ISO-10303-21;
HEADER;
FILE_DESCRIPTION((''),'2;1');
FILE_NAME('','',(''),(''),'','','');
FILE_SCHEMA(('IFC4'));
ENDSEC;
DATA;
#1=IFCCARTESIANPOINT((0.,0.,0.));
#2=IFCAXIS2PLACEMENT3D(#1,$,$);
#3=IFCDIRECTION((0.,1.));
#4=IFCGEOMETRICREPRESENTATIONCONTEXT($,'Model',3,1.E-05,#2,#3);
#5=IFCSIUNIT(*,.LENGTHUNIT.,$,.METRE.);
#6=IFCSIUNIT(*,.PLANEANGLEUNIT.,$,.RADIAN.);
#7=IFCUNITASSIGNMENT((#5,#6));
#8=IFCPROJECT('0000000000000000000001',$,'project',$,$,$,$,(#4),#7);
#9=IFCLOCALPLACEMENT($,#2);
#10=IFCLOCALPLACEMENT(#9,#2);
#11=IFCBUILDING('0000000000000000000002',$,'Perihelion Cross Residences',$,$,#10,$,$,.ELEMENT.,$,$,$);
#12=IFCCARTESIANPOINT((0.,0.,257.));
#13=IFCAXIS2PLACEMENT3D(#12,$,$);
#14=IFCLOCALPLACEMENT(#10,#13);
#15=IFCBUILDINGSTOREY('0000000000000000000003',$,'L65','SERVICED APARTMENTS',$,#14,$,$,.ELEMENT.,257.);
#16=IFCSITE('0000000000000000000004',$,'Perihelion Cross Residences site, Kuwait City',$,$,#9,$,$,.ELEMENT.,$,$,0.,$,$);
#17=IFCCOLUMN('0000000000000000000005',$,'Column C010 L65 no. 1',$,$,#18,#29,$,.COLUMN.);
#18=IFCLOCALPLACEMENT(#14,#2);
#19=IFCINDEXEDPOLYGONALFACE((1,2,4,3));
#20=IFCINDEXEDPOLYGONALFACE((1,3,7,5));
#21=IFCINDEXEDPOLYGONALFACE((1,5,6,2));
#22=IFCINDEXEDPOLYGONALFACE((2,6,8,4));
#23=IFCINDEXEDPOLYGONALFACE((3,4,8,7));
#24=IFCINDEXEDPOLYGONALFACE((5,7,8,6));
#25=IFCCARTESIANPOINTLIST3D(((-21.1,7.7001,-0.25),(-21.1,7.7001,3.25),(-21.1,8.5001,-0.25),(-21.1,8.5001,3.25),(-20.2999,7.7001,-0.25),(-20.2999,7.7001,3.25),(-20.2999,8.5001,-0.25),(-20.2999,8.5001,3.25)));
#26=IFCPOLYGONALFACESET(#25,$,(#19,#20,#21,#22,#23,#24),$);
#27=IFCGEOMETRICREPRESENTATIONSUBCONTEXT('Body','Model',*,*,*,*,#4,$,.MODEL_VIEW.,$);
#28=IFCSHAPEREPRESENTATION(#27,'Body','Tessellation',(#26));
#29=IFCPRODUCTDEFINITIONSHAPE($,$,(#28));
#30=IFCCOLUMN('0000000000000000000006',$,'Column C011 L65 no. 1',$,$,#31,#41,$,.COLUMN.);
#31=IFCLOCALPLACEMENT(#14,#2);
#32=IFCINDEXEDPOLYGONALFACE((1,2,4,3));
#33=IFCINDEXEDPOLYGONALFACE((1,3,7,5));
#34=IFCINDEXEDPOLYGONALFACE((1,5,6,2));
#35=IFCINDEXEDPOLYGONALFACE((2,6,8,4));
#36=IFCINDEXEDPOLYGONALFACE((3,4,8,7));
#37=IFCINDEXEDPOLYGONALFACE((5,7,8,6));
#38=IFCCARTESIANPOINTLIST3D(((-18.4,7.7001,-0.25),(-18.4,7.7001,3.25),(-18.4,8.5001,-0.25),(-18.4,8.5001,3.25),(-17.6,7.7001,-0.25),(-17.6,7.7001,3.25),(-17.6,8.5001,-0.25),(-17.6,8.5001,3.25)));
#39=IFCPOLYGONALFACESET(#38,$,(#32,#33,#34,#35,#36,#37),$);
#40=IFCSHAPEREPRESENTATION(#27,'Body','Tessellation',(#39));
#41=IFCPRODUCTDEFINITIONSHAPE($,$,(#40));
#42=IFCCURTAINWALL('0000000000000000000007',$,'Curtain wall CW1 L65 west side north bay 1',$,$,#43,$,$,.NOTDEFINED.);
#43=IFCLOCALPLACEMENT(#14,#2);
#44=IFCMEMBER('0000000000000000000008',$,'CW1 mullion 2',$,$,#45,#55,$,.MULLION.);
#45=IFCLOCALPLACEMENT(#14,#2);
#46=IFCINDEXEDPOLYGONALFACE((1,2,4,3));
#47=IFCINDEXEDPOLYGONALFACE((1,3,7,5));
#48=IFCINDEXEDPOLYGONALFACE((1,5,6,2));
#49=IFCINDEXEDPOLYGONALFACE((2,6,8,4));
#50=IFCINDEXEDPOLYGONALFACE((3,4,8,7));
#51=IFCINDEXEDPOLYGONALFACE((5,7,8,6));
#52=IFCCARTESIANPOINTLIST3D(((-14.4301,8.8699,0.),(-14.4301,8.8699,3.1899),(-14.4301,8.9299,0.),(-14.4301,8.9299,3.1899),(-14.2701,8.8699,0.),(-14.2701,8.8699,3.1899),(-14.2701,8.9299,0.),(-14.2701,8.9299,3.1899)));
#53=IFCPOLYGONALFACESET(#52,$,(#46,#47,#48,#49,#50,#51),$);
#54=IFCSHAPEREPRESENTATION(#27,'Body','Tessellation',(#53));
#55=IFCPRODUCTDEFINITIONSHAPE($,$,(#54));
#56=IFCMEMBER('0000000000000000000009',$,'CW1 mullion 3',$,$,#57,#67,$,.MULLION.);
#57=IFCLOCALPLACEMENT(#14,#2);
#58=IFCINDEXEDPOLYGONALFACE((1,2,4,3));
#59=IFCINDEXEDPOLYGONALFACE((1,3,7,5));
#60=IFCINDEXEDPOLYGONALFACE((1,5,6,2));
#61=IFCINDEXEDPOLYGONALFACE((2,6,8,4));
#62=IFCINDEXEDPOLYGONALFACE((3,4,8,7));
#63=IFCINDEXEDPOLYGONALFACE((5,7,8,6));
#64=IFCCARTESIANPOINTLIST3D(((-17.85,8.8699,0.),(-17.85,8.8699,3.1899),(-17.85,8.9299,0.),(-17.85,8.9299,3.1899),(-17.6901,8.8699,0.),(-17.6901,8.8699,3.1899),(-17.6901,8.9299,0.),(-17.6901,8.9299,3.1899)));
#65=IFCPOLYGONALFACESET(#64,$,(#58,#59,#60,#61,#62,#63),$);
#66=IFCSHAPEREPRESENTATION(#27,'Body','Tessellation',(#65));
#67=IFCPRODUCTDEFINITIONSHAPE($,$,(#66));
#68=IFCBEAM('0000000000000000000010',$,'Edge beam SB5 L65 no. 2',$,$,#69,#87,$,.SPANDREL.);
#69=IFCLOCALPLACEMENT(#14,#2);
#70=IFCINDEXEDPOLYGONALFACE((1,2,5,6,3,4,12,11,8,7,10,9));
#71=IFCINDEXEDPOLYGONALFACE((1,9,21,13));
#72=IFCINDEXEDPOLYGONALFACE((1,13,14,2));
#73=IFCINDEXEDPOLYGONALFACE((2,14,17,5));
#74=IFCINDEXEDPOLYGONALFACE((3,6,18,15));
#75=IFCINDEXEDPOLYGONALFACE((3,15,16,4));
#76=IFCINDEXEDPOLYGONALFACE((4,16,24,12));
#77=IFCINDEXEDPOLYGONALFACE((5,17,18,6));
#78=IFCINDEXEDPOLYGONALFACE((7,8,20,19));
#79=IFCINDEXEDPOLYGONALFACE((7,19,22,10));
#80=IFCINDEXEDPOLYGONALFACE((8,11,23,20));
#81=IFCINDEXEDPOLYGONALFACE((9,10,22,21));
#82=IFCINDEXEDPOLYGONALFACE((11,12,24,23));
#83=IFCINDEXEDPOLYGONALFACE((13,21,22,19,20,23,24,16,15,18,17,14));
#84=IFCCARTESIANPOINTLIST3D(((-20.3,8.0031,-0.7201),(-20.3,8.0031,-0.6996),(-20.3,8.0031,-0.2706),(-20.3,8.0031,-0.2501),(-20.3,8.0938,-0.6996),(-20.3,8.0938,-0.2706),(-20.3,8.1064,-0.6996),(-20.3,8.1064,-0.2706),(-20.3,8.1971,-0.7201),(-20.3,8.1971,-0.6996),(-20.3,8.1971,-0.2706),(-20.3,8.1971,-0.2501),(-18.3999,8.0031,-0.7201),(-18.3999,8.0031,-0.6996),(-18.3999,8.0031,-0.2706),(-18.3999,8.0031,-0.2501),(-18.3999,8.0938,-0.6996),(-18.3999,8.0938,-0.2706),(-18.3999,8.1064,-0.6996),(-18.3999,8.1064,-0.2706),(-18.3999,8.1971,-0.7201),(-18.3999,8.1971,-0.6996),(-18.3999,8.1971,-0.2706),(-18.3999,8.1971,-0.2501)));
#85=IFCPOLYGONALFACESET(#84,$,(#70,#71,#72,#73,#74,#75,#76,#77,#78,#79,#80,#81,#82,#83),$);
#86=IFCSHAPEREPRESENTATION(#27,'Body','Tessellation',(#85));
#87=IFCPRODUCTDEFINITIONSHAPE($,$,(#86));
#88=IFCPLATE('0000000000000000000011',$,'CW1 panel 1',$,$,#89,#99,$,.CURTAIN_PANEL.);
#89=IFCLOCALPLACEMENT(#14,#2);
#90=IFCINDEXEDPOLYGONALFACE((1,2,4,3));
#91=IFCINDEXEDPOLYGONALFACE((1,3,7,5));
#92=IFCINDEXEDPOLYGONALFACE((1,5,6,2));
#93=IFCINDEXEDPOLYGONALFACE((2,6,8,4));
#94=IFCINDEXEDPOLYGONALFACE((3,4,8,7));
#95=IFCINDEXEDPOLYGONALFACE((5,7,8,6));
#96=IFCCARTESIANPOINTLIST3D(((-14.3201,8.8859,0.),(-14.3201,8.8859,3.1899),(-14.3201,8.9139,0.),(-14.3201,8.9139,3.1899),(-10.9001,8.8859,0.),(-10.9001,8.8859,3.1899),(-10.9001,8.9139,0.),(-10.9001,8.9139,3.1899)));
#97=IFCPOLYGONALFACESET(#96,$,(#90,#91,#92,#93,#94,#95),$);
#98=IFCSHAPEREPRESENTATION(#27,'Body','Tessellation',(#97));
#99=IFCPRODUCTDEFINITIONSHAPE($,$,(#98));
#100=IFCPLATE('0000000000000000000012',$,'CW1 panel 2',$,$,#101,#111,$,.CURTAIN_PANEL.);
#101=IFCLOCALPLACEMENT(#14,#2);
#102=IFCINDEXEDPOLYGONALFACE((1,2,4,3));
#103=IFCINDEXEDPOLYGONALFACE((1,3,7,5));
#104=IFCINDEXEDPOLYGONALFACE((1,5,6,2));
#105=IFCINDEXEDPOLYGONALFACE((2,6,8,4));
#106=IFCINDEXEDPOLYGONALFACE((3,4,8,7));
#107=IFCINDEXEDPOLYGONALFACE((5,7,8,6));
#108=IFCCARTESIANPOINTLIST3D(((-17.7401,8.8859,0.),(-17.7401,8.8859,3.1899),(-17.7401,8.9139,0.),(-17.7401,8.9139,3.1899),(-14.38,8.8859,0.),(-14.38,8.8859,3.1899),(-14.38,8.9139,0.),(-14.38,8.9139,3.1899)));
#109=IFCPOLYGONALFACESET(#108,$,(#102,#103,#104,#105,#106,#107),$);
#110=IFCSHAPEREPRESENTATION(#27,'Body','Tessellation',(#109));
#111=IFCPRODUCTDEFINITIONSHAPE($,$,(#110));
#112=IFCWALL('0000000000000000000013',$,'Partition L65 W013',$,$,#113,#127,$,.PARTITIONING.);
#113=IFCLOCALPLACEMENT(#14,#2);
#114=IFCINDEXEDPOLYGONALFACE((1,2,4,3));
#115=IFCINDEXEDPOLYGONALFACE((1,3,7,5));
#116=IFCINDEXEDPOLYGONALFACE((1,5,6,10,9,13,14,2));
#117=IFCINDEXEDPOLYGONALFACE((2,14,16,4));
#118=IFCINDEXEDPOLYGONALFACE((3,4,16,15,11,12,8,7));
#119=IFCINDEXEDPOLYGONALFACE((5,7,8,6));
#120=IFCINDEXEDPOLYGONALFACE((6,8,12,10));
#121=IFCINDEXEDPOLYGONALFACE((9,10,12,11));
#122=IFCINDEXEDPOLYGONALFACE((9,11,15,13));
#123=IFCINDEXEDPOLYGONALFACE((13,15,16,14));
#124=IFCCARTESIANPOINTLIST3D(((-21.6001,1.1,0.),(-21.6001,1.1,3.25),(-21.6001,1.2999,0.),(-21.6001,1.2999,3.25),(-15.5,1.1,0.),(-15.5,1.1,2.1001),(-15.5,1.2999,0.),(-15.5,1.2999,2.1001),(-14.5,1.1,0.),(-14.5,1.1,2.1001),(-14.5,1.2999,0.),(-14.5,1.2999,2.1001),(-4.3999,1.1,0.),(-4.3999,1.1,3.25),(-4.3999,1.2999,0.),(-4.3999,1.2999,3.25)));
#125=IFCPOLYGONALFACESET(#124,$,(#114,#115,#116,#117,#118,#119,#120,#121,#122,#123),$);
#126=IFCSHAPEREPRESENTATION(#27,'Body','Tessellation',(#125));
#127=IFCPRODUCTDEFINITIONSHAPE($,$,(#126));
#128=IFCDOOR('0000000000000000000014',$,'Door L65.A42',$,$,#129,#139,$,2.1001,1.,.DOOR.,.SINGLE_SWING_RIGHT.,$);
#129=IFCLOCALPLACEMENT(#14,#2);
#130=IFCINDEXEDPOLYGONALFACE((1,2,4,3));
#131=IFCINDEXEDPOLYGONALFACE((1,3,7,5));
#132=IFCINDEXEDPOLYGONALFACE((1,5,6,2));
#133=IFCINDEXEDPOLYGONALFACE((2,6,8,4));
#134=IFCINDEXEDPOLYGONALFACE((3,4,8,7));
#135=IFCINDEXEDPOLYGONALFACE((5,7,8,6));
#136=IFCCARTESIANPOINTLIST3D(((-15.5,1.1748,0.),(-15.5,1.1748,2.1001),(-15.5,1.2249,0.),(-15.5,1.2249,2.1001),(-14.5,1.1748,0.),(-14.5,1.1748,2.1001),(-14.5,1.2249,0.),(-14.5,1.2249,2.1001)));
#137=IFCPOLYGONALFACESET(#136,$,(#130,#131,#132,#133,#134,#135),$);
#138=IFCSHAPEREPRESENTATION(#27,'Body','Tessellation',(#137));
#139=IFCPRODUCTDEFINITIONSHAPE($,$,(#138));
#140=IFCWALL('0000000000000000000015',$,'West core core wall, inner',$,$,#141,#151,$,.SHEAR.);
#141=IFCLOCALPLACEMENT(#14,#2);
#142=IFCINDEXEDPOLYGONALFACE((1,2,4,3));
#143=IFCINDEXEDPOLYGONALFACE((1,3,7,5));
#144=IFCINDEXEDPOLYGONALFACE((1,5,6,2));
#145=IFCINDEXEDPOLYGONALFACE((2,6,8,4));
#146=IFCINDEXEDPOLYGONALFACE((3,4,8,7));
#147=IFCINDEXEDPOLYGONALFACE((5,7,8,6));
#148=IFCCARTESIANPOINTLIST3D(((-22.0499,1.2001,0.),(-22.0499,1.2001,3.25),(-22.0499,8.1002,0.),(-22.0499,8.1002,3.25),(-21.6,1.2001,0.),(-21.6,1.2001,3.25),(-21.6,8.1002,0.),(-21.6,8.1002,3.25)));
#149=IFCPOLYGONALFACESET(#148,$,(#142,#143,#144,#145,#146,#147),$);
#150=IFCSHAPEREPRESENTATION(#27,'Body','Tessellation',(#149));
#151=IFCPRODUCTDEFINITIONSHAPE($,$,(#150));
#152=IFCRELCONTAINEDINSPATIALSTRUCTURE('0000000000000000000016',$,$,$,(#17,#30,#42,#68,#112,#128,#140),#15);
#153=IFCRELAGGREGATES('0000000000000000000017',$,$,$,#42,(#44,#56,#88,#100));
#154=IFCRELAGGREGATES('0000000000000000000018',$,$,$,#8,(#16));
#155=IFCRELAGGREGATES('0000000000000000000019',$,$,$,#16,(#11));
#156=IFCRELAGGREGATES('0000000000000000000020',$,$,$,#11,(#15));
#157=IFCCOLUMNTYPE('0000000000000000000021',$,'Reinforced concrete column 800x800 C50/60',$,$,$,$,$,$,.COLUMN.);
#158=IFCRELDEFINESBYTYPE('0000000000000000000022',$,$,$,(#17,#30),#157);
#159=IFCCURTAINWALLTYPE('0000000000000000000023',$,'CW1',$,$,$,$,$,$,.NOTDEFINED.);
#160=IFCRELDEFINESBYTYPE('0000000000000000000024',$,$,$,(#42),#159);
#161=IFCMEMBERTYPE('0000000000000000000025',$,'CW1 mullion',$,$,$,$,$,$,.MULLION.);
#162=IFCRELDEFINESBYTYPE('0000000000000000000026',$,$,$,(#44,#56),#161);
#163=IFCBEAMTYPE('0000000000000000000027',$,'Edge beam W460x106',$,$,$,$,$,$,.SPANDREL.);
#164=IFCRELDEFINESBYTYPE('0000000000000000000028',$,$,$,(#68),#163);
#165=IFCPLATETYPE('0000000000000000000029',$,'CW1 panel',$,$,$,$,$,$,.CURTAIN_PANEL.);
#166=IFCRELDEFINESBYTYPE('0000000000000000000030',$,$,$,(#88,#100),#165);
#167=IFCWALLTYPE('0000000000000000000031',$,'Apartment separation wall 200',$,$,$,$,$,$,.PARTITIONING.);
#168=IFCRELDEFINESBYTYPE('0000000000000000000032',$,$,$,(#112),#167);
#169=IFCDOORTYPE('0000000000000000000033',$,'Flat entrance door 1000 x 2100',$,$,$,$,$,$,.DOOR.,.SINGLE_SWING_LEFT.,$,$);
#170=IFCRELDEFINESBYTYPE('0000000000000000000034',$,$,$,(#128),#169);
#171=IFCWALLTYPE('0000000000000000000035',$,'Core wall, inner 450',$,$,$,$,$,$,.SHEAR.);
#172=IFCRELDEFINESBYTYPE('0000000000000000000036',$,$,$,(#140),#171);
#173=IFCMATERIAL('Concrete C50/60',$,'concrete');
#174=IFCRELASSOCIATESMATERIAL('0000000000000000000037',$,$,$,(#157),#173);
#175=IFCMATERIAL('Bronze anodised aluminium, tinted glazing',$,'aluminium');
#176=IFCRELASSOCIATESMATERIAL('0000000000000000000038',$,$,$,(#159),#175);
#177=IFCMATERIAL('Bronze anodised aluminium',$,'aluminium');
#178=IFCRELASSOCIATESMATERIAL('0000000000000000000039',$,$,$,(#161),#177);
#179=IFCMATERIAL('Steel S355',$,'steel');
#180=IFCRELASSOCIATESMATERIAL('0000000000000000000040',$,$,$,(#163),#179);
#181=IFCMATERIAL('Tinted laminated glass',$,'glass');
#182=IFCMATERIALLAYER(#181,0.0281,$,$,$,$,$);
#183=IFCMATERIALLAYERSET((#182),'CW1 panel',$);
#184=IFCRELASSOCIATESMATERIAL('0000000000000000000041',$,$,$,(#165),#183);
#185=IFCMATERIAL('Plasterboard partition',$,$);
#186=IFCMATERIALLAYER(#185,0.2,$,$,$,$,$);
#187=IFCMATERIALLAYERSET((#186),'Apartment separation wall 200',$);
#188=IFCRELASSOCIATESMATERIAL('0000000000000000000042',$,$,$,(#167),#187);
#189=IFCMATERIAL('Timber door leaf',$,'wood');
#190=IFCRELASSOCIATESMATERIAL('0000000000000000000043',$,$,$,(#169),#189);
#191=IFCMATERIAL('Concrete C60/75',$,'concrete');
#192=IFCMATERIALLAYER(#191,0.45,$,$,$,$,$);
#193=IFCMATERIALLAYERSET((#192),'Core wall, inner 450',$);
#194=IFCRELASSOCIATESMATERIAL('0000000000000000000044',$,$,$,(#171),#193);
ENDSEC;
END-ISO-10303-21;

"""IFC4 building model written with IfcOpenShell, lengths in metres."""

from ifc_helpers import new_model, si_unit, direction, frame, frame_2d, origin, origin_2d, place, context, subcontext, project, spatial, rectangle, i_section, extrude, material, layer, layer_set, material_profile, profile_set, type_object, element, fill, aggregate, save


model = new_model("IFC4")

# Units and contexts
model_context = context("Model", 3, precision=1e-05, world=origin(), true_north=direction((0.0, 1.0)))
body_context = subcontext(model_context, "Body", "Model", "MODEL_VIEW")
ifc_project = project(units=[si_unit("LENGTHUNIT", "METRE"), si_unit("PLANEANGLEUNIT", "RADIAN")], contexts=[model_context])

# Site, building, storey
site_placement = place(None, origin())
site = spatial("IfcSite", under=ifc_project, at=site_placement, Name="Perihelion Cross Residences site, Kuwait City", CompositionType="ELEMENT", RefElevation=0.0)
building_placement = place(site_placement, origin())
building = spatial("IfcBuilding", under=site, at=building_placement, Name="Perihelion Cross Residences", CompositionType="ELEMENT")
storey_placement = place(building_placement, frame((0.0, 0.0, 257.0)))
storey = spatial("IfcBuildingStorey", under=building, at=storey_placement, Name="L65", Description="SERVICED APARTMENTS", CompositionType="ELEMENT", Elevation=257.0)

# Columns
ifc_material_1 = material(Name="Concrete C50/60", Category="concrete")
ifc_material_profile_1 = material_profile(ifc_material_1, rectangle(XDim=0.8, YDim=0.8, at=origin_2d()), Name="RC 800x800")
ifc_profile_set_1 = profile_set([ifc_material_profile_1], Name="Concrete C50/60")
column_type = type_object("IfcColumnType", Name="Reinforced concrete column 800x800 C50/60", PredefinedType="COLUMN", material=ifc_profile_set_1)
for number, where, z_axis, x_axis, name in (
    (1, (-20.7, 8.1001, -0.25), (0.0, 0.0, 1.0), (1.0, 0.0, 0.0), "Column C010 L65 no. 1"),
    (2, (-18.0, 8.1001, -0.25), (0.0, 0.0, 1.0), (1.0, 0.0, 0.0), "Column C011 L65 no. 1"),
):
    element("IfcColumn", number, at=place(storey_placement, frame(where, z_axis=z_axis, x_axis=x_axis)), inside=storey, type_object=column_type, Name=name, PredefinedType="COLUMN", context=body_context, shape_type="SweptSolid", body=[
        extrude(rectangle(XDim=0.8, YDim=0.8, at=origin_2d()), origin(), (0.0, 0.0, 1.0), 3.5),
    ])

# Curtain wall, members
ifc_material_2 = material(Name="Bronze anodised aluminium, tinted glazing", Category="aluminium")
curtain_wall_type = type_object("IfcCurtainWallType", Name="CW1", PredefinedType="NOTDEFINED", material=ifc_material_2)
curtain_wall_placement = place(storey_placement, origin())
curtain_wall = element("IfcCurtainWall", 3, at=curtain_wall_placement, inside=storey, type_object=curtain_wall_type, Name="Curtain wall CW1 L65 west side north bay 1", PredefinedType="NOTDEFINED")
ifc_material_3 = material(Name="Bronze anodised aluminium", Category="aluminium")
ifc_material_profile_2 = material_profile(ifc_material_3, rectangle(XDim=0.0601, YDim=0.1599, at=origin_2d()), Name="CW1 mullion")
ifc_profile_set_2 = profile_set([ifc_material_profile_2], Name="Bronze anodised aluminium")
member_type = type_object("IfcMemberType", Name="CW1 mullion", PredefinedType="MULLION", material=ifc_profile_set_2)
member_1_placement = place(storey_placement, frame((-14.3501, 8.8999, 0.0), z_axis=(0.0, 0.0, 1.0), x_axis=(0.0, -1.0, 0.0)))
member_1 = element("IfcMember", 4, at=member_1_placement, type_object=member_type, Name="CW1 mullion 2", PredefinedType="MULLION", context=body_context, shape_type="SweptSolid", body=[
    extrude(rectangle(XDim=0.0601, YDim=0.1599, at=origin_2d()), origin(), (0.0, 0.0, 1.0), 3.1899),
])
member_2_placement = place(storey_placement, frame((-17.77, 8.8999, 0.0), z_axis=(0.0, 0.0, 1.0), x_axis=(0.0, -1.0, 0.0)))
member_2 = element("IfcMember", 5, at=member_2_placement, type_object=member_type, Name="CW1 mullion 3", PredefinedType="MULLION", context=body_context, shape_type="SweptSolid", body=[
    extrude(rectangle(XDim=0.0601, YDim=0.1599, at=origin_2d()), origin(), (0.0, 0.0, 1.0), 3.1899),
])

# Beam
ifc_material_4 = material(Name="Steel S355", Category="steel")
ifc_material_profile_3 = material_profile(ifc_material_4, i_section(OverallWidth=0.1941, OverallDepth=0.47, WebThickness=0.0127, FlangeThickness=0.0205, at=origin_2d()), Name="W460x106")
ifc_profile_set_3 = profile_set([ifc_material_profile_3], Name="Steel S355")
beam_type = type_object("IfcBeamType", Name="Edge beam W460x106", PredefinedType="SPANDREL", material=ifc_profile_set_3)
beam_placement = place(storey_placement, frame((-18.3999, 8.1001, -0.4851), z_axis=(-1.0, 0.0, 0.0), x_axis=(0.0, -1.0, 0.0)))
element("IfcBeam", 6, at=beam_placement, inside=storey, type_object=beam_type, Name="Edge beam SB5 L65 no. 2", PredefinedType="SPANDREL", context=body_context, shape_type="SweptSolid", body=[
    extrude(i_section(OverallWidth=0.1941, OverallDepth=0.47, WebThickness=0.0127, FlangeThickness=0.0205, at=origin_2d()), origin(), (0.0, 0.0, 1.0), 1.9001),
])

# Plates
ifc_material_5 = material(Name="Tinted laminated glass", Category="glass")
ifc_layer_1 = layer(ifc_material_5, 0.0281)
ifc_layer_set_1 = layer_set([ifc_layer_1], Name="CW1 panel")
plate_type = type_object("IfcPlateType", Name="CW1 panel", PredefinedType="CURTAIN_PANEL", material=ifc_layer_set_1)
plate_1_placement = place(storey_placement, frame((-12.6101, 8.8999, 0.0), z_axis=(0.0, 0.0, 1.0), x_axis=(-1.0, 0.0, 0.0)))
plate_1 = element("IfcPlate", 7, at=plate_1_placement, type_object=plate_type, Name="CW1 panel 1", PredefinedType="CURTAIN_PANEL", context=body_context, shape_type="SweptSolid", body=[
    extrude(rectangle(XDim=3.4199, YDim=0.0281, at=origin_2d()), origin(), (0.0, 0.0, 1.0), 3.1899),
])
plate_2_placement = place(storey_placement, frame((-16.0601, 8.8999, 0.0), z_axis=(0.0, 0.0, 1.0), x_axis=(-1.0, 0.0, 0.0)))
plate_2 = element("IfcPlate", 8, at=plate_2_placement, type_object=plate_type, Name="CW1 panel 2", PredefinedType="CURTAIN_PANEL", context=body_context, shape_type="SweptSolid", body=[
    extrude(rectangle(XDim=3.3601, YDim=0.0281, at=origin_2d()), origin(), (0.0, 0.0, 1.0), 3.1899),
])
aggregate(curtain_wall, [member_1, member_2, plate_1, plate_2])

# Wall, opening, door
ifc_material_6 = material(Name="Plasterboard partition")
ifc_layer_2 = layer(ifc_material_6, 0.2)
ifc_layer_set_2 = layer_set([ifc_layer_2], Name="Apartment separation wall 200")
wall_type_1 = type_object("IfcWallType", Name="Apartment separation wall 200", PredefinedType="PARTITIONING", material=ifc_layer_set_2)
wall_1_placement = place(storey_placement, frame((-21.6001, 1.2, 0.0), z_axis=(0.0, 0.0, 1.0), x_axis=(1.0, 0.0, 0.0)))
wall_1 = element("IfcWall", 9, at=wall_1_placement, inside=storey, type_object=wall_type_1, Name="Partition L65 W013", PredefinedType="PARTITIONING", context=body_context, shape_type="SweptSolid", body=[
    extrude(rectangle(XDim=17.2002, YDim=0.2, at=frame_2d((8.6001, 0.0))), origin(), (0.0, 0.0, 1.0), 3.25),
])
opening_1_placement = place(wall_1_placement, frame((6.1001, 0.0, 0.0)))
opening_1 = element("IfcOpeningElement", 10, at=opening_1_placement, cuts=wall_1, PredefinedType="OPENING", context=body_context, shape_type="SweptSolid", body=[
    extrude(rectangle(XDim=1.0, YDim=2.1001, at=frame_2d((0.5, 1.05))), frame((0.0, 0.1099, 0.0), z_axis=(0.0, -1.0, 0.0), x_axis=(1.0, 0.0, 0.0)), (0.0, 0.0, 1.0), 0.22),
])
ifc_material_7 = material(Name="Timber door leaf", Category="wood")
door_type_1 = type_object("IfcDoorType", Name="Flat entrance door 1000 x 2100", OperationType="SINGLE_SWING_LEFT", PredefinedType="DOOR", material=ifc_material_7)
door_1_placement = place(opening_1_placement, origin())
door_1 = element("IfcDoor", 11, at=door_1_placement, inside=storey, type_object=door_type_1, Name="Door L65.A42", OperationType="SINGLE_SWING_RIGHT", OverallHeight=2.1001, OverallWidth=1.0, PredefinedType="DOOR", context=body_context, shape_type="SweptSolid", body=[
    extrude(rectangle(XDim=1.0, YDim=2.1001, at=frame_2d((0.5, 1.05))), frame((0.0, 0.0249, 0.0), z_axis=(0.0, -1.0, 0.0), x_axis=(1.0, 0.0, 0.0)), (0.0, 0.0, 1.0), 0.05),
])
fill(opening_1, door_1)

# Wall
ifc_material_8 = material(Name="Concrete C60/75", Category="concrete")
ifc_layer_3 = layer(ifc_material_8, 0.45)
ifc_layer_set_3 = layer_set([ifc_layer_3], Name="Core wall, inner 450")
wall_type_2 = type_object("IfcWallType", Name="Core wall, inner 450", PredefinedType="SHEAR", material=ifc_layer_set_3)
wall_2_placement = place(storey_placement, frame((-21.825, 1.2, 0.0), z_axis=(0.0, 0.0, 1.0), x_axis=(0.0, 1.0, 0.0)))
element("IfcWall", 12, at=wall_2_placement, inside=storey, type_object=wall_type_2, Name="West core core wall, inner", PredefinedType="SHEAR", context=body_context, shape_type="SweptSolid", body=[
    extrude(rectangle(XDim=6.9001, YDim=0.45, at=frame_2d((3.4502, 0.0))), origin(), (0.0, 0.0, 1.0), 3.25),
])

save(model, "model.ifc")
